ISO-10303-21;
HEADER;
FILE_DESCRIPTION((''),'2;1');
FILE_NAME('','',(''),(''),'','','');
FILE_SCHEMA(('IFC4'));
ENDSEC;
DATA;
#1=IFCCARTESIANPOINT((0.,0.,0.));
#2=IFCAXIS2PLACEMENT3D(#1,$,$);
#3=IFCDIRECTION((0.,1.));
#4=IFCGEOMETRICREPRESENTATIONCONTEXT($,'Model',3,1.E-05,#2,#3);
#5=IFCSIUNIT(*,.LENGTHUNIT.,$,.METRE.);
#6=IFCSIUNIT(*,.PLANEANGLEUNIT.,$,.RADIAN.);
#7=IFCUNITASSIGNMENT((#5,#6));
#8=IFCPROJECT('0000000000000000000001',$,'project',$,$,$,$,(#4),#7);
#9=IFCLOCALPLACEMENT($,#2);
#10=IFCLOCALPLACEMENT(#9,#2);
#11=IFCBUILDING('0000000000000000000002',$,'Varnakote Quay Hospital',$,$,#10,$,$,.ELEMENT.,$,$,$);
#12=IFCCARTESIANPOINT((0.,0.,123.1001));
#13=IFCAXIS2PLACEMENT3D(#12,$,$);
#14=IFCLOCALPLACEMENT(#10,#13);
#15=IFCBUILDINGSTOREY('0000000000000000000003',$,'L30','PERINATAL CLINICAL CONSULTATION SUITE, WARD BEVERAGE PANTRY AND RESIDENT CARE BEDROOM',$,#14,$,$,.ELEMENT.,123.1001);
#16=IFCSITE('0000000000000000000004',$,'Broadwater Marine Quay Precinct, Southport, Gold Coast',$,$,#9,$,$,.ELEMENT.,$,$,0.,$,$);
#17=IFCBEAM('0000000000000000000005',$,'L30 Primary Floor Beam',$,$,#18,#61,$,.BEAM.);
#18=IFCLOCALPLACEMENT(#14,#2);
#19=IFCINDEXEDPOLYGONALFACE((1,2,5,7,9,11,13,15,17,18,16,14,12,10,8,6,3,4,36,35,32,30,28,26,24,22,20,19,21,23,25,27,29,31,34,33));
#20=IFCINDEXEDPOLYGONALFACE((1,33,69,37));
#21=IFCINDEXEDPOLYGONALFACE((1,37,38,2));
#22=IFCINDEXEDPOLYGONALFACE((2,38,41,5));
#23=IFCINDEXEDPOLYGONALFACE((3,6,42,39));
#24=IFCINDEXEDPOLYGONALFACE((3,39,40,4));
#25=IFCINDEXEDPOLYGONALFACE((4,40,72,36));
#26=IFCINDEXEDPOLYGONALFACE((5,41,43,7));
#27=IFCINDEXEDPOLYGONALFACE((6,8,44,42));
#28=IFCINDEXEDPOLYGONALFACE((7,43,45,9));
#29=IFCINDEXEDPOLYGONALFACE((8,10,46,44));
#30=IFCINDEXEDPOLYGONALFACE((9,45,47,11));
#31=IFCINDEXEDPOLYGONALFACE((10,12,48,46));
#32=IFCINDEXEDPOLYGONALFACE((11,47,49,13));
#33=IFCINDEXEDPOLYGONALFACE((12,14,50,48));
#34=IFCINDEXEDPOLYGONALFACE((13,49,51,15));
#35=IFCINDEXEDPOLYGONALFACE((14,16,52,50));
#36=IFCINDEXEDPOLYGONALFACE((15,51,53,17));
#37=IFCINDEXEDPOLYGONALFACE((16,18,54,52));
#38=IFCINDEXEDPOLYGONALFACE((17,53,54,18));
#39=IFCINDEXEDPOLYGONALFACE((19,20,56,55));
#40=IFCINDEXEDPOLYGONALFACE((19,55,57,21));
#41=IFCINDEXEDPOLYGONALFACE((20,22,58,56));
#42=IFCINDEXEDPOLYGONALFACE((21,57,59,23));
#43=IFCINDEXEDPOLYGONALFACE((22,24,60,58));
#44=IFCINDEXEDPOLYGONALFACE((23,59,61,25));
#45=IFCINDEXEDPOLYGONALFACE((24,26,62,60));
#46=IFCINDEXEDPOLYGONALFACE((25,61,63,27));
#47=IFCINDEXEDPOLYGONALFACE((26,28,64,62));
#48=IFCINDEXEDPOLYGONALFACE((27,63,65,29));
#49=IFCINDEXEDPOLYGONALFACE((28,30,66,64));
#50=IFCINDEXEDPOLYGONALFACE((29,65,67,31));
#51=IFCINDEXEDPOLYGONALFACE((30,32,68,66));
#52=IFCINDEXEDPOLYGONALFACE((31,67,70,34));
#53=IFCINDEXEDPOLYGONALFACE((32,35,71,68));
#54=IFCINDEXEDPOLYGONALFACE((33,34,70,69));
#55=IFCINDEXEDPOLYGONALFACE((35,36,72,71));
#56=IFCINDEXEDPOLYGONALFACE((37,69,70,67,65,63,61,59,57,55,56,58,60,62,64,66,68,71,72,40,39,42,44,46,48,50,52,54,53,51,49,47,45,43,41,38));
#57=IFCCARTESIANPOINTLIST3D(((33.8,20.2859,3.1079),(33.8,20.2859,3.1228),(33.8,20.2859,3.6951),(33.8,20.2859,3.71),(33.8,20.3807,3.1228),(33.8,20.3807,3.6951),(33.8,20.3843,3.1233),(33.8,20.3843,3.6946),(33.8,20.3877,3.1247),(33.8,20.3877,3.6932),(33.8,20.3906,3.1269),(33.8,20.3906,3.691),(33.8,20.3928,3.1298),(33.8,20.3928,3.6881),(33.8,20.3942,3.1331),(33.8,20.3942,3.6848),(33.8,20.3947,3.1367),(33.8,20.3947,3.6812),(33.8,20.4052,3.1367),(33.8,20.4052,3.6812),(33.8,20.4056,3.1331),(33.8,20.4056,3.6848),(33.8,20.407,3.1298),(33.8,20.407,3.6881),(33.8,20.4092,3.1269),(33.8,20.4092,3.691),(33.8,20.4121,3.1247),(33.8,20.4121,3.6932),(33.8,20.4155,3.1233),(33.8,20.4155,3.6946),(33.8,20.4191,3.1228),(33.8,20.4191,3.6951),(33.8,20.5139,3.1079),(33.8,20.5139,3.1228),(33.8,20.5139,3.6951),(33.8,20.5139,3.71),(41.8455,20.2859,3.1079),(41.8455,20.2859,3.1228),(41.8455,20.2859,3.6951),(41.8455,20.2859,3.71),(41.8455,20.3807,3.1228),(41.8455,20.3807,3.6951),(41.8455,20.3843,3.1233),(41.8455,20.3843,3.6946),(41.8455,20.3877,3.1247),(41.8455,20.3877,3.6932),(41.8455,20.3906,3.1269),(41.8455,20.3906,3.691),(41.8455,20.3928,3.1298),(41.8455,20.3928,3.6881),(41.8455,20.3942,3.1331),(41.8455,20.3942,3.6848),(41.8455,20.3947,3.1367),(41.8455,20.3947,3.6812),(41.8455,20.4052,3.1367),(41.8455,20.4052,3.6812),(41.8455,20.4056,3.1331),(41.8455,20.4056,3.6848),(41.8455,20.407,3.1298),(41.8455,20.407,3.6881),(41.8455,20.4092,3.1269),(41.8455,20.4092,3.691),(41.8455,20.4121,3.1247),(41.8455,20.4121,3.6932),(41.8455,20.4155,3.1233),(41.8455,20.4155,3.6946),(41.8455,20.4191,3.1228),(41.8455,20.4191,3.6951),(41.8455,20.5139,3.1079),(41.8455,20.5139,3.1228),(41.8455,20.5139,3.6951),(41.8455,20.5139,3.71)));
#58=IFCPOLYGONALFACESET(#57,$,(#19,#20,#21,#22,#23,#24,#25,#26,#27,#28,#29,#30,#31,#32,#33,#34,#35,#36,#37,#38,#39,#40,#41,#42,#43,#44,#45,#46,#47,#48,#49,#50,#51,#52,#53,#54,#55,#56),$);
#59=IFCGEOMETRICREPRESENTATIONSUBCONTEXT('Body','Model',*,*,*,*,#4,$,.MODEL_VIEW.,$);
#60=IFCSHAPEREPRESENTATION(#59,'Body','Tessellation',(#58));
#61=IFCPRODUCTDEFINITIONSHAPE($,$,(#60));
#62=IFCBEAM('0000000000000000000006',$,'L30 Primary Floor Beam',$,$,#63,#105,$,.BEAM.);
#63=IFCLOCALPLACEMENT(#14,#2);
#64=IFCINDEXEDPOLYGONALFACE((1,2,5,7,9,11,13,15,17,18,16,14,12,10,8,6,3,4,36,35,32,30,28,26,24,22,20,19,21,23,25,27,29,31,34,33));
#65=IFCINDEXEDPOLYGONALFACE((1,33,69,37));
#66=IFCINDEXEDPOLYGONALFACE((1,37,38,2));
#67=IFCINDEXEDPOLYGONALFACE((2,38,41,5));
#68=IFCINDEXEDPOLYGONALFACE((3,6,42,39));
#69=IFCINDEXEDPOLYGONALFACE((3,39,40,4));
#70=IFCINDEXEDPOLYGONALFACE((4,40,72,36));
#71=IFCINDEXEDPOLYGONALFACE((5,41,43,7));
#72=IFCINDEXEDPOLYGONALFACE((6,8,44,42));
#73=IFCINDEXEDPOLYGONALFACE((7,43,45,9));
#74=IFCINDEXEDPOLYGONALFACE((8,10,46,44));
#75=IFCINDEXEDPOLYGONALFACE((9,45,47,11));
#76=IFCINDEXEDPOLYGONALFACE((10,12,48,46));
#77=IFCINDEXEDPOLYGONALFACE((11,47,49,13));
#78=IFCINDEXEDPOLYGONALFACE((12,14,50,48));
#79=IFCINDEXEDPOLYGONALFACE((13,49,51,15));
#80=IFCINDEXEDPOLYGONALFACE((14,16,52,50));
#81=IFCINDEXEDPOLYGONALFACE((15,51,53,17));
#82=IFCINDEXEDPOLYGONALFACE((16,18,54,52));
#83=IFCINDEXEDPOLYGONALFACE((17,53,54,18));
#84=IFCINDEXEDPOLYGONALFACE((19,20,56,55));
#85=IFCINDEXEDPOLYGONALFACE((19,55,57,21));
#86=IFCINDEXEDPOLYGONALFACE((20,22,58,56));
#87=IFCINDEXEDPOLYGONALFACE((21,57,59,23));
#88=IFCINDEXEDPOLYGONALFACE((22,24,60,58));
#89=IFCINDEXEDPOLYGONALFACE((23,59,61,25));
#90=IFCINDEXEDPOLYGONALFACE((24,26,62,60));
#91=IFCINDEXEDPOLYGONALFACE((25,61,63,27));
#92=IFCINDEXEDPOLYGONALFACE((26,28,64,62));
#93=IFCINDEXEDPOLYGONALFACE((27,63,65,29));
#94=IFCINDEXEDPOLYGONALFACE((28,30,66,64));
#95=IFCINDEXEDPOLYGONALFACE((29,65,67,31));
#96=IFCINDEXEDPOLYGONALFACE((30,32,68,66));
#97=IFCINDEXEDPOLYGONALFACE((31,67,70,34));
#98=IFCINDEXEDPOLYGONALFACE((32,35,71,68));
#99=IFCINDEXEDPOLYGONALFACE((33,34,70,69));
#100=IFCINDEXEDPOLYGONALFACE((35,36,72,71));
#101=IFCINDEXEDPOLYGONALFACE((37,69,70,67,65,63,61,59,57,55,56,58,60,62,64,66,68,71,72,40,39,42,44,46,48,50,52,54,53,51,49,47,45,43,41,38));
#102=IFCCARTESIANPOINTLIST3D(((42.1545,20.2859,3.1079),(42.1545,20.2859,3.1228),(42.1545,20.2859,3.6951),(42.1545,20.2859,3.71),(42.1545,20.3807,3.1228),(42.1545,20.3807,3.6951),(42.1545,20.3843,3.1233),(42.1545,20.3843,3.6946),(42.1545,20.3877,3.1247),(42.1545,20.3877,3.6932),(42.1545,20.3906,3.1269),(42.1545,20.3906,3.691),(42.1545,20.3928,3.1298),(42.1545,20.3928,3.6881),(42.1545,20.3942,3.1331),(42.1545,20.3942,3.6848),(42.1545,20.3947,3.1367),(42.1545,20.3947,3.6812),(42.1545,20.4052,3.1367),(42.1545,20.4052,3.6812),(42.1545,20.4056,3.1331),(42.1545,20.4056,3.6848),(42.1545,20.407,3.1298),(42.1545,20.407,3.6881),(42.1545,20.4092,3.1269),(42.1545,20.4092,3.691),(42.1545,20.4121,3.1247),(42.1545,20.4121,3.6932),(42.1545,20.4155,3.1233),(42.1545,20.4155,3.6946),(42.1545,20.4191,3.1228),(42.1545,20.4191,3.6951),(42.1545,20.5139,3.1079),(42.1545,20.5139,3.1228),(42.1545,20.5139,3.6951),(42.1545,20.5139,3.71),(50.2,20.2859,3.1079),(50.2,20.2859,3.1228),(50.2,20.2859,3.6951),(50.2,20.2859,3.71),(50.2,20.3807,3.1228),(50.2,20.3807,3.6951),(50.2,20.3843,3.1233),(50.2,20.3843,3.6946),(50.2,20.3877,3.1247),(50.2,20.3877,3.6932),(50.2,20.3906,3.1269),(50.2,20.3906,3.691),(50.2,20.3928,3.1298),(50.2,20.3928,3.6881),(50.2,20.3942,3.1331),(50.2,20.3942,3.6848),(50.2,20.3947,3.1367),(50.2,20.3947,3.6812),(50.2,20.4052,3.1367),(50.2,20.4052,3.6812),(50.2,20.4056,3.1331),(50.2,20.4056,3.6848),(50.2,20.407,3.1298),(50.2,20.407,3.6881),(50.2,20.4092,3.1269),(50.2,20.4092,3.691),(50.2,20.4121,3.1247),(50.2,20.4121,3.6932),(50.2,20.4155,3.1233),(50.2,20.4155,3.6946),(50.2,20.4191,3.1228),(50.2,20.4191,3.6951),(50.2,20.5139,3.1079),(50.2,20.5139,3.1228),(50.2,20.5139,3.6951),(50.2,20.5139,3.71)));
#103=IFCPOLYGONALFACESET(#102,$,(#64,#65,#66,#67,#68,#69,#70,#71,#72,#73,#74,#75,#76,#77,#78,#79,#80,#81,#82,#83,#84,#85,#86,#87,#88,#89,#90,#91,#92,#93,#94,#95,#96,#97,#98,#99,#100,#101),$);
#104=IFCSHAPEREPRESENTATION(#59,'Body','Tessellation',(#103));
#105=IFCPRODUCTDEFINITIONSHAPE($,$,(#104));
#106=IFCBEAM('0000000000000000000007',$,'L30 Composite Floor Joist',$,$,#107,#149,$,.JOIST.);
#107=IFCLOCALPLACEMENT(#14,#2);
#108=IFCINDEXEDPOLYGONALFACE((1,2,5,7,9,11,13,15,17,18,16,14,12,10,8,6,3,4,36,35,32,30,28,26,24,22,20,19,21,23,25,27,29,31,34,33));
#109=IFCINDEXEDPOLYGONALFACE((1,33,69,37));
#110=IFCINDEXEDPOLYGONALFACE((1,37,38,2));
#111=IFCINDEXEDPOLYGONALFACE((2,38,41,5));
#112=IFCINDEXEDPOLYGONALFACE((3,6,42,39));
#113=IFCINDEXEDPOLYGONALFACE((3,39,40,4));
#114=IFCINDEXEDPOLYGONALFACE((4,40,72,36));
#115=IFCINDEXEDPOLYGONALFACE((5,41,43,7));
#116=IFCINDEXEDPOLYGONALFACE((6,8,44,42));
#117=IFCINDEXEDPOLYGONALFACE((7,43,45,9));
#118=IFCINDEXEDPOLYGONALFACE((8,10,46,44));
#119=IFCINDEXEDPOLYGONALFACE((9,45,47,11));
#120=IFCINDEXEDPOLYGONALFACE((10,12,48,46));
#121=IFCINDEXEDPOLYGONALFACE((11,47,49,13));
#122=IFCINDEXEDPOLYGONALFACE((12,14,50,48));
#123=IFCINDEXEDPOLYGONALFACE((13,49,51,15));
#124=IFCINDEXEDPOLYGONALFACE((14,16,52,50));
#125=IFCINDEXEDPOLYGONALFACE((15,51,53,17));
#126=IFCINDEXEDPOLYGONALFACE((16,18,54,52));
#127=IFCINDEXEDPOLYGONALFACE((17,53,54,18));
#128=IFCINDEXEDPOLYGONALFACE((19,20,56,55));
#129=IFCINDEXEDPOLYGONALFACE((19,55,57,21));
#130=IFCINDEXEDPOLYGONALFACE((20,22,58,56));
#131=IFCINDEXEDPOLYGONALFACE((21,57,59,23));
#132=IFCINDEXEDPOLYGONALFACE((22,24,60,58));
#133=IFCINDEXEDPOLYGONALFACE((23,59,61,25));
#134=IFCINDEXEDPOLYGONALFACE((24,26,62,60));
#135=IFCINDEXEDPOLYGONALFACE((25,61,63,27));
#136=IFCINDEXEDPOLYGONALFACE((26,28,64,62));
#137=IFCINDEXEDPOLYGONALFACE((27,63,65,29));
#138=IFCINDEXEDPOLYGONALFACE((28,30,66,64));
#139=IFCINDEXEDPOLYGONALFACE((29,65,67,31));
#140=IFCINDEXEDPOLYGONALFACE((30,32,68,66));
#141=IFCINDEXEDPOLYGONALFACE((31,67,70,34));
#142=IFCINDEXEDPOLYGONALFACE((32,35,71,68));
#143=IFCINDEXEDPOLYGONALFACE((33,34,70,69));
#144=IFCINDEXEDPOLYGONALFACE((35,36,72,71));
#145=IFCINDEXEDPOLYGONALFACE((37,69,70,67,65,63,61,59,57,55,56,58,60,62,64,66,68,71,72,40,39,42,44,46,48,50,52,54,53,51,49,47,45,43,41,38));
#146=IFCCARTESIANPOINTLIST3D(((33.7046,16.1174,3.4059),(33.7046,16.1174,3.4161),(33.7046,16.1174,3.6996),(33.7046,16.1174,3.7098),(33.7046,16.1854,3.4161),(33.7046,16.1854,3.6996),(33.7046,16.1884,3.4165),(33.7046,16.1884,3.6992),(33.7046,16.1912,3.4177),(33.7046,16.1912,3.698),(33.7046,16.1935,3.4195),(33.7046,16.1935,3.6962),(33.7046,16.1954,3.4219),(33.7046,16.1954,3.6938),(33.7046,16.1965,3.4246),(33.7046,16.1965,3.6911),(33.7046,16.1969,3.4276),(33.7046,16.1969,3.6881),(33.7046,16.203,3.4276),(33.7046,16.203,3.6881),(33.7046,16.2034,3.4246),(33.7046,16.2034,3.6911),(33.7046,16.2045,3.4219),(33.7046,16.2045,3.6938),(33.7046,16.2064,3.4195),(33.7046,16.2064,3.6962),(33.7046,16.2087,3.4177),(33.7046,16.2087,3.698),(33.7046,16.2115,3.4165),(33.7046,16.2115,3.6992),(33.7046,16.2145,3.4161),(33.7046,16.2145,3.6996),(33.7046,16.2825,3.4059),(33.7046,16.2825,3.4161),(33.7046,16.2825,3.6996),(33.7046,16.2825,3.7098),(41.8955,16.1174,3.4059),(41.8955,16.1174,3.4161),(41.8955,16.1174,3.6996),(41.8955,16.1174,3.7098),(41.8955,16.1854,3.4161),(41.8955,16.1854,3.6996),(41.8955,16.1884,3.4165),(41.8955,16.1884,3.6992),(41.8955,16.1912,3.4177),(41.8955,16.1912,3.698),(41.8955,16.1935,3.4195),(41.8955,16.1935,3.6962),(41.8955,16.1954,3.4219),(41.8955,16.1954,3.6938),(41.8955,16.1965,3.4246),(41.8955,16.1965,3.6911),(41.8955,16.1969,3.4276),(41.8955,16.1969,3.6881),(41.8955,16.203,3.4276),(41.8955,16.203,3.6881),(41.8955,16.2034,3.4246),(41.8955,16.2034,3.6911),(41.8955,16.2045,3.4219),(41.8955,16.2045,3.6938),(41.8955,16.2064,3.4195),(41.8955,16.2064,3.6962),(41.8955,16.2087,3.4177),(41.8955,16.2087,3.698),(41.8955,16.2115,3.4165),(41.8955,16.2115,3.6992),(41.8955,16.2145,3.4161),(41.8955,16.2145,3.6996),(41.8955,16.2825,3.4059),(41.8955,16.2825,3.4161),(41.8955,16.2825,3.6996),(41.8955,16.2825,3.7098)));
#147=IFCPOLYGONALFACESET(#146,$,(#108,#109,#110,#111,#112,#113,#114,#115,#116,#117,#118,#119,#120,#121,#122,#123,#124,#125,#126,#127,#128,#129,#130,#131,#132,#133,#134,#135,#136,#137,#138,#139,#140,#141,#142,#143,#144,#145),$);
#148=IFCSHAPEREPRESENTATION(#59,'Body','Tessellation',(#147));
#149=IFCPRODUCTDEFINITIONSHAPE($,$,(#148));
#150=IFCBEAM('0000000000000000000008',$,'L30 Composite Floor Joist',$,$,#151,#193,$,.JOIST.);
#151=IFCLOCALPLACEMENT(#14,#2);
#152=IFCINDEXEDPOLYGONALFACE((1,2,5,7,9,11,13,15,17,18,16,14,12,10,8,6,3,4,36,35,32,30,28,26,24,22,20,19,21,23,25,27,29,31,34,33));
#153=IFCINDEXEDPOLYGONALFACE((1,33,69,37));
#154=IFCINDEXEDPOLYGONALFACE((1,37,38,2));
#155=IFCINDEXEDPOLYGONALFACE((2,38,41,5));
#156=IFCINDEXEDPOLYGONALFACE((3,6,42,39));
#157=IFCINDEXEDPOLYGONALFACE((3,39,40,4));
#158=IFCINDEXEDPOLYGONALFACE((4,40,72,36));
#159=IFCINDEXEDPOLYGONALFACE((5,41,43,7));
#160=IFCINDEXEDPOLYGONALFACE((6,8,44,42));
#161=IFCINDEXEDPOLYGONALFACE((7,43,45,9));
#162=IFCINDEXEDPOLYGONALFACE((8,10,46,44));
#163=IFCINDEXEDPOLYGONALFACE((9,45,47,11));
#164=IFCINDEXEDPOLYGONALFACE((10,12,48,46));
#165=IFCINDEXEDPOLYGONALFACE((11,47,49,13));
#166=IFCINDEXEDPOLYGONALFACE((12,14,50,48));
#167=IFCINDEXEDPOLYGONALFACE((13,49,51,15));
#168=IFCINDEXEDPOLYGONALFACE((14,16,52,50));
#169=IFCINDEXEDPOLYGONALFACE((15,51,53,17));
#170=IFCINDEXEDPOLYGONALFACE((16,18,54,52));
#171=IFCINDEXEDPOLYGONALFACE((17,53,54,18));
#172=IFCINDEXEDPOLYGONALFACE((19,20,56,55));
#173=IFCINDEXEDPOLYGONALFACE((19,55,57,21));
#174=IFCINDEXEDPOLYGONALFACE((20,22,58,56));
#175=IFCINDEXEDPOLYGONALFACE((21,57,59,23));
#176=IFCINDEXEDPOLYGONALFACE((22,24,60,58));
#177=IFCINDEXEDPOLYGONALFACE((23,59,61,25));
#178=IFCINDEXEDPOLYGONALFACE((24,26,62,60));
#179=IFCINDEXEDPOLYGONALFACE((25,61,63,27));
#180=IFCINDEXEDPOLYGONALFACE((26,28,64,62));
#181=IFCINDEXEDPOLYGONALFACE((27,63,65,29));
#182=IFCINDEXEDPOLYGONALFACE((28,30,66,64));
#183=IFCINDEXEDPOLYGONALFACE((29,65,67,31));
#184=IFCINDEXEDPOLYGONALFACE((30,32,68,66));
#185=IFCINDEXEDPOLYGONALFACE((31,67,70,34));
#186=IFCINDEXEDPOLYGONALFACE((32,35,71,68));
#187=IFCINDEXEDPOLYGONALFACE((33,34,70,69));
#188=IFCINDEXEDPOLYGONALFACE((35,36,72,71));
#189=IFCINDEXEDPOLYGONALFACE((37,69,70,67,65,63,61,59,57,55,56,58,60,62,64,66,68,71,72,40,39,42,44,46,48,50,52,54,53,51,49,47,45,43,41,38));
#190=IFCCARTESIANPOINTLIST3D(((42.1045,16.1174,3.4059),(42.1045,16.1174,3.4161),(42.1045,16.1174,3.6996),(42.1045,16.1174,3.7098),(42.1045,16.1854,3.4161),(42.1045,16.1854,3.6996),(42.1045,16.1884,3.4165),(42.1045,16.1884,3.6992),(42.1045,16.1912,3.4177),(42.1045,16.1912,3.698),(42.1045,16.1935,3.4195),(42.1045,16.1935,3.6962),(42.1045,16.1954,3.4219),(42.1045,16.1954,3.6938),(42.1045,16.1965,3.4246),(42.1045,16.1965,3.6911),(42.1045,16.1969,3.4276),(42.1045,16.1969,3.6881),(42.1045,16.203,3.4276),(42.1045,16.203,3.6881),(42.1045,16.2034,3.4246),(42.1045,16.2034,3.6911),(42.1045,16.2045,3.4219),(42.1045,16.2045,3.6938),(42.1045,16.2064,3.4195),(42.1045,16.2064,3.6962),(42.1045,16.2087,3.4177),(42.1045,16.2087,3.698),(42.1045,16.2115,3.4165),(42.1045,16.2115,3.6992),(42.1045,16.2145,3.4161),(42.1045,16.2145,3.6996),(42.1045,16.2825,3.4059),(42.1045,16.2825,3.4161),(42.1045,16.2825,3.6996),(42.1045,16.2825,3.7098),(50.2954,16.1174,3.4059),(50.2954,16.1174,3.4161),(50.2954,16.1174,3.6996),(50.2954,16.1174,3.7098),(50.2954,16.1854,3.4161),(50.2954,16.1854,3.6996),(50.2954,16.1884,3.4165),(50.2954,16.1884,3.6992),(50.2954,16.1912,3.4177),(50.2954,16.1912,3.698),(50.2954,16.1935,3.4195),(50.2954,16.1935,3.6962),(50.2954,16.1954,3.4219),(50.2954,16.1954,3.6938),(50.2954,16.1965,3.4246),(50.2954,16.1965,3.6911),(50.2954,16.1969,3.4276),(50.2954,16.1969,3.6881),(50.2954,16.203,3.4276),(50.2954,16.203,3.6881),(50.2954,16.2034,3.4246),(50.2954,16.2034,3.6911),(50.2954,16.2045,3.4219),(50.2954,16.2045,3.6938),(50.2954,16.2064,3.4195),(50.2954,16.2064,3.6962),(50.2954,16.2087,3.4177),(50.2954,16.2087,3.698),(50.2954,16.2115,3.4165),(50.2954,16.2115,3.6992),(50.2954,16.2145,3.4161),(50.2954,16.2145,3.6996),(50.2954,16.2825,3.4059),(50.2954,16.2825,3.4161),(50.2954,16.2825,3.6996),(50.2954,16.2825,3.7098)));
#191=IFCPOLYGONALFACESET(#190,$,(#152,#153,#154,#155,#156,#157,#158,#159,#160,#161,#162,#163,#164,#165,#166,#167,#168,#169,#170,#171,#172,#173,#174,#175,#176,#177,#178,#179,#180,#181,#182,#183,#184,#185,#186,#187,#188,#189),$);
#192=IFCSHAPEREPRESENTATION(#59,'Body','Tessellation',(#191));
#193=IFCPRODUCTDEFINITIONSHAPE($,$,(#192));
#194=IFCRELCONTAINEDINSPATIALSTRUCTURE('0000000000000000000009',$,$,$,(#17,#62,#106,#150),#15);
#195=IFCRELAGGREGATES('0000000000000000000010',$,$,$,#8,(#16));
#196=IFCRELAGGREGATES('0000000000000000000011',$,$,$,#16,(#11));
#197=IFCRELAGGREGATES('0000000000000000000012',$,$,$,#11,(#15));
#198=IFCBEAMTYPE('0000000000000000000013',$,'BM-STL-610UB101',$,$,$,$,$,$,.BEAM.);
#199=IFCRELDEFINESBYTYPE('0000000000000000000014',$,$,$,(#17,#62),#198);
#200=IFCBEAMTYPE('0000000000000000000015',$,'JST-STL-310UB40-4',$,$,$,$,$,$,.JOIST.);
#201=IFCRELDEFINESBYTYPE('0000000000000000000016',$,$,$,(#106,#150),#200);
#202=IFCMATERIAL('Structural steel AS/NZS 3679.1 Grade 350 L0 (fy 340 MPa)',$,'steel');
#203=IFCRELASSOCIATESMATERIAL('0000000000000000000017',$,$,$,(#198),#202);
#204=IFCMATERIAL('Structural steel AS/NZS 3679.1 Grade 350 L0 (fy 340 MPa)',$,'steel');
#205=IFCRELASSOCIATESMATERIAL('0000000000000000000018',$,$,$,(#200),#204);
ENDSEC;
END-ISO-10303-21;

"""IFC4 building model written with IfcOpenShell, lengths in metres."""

from ifc_helpers import new_model, si_unit, direction, frame, origin, origin_2d, place, context, subcontext, project, spatial, i_section, extrude, material, material_profile, profile_set, type_object, element, save


model = new_model("IFC4")

# Units and contexts
model_context = context("Model", 3, precision=1e-05, world=origin(), true_north=direction((0.0, 1.0)))
body_context = subcontext(model_context, "Body", "Model", "MODEL_VIEW")
ifc_project = project(units=[si_unit("LENGTHUNIT", "METRE"), si_unit("PLANEANGLEUNIT", "RADIAN")], contexts=[model_context])

# Site, building, storey
site_placement = place(None, origin())
site = spatial("IfcSite", under=ifc_project, at=site_placement, Name="Broadwater Marine Quay Precinct, Southport, Gold Coast", CompositionType="ELEMENT", RefElevation=0.0)
building_placement = place(site_placement, origin())
building = spatial("IfcBuilding", under=site, at=building_placement, Name="Varnakote Quay Hospital", CompositionType="ELEMENT")
storey_placement = place(building_placement, frame((0.0, 0.0, 123.1001)))
storey = spatial("IfcBuildingStorey", under=building, at=storey_placement, Name="L30", Description="PERINATAL CLINICAL CONSULTATION SUITE, WARD BEVERAGE PANTRY AND RESIDENT CARE BEDROOM", CompositionType="ELEMENT", Elevation=123.1001)

# Beams
ifc_material_1 = material(Name="Structural steel AS/NZS 3679.1 Grade 350 L0 (fy 340 MPa)", Category="steel")
ifc_material_profile_1 = material_profile(ifc_material_1, i_section(OverallWidth=0.228, OverallDepth=0.6021, WebThickness=0.0105, FlangeThickness=0.0149, FilletRadius=0.0139, at=origin_2d()), Name="610UB101")
ifc_profile_set_1 = profile_set([ifc_material_profile_1], Name="Structural steel AS/NZS 3679.1 Grade 350 L0 (fy 340 MPa)")
beam_type_1 = type_object("IfcBeamType", Name="BM-STL-610UB101", PredefinedType="BEAM", material=ifc_profile_set_1)
for number, where, z_axis, x_axis, name in (
    (1, (33.8, 20.3999, 3.4089), (1.0, 0.0, 0.0), (0.0, 1.0, 0.0), "L30 Primary Floor Beam"),
    (2, (42.1545, 20.3999, 3.4089), (1.0, 0.0, 0.0), (0.0, 1.0, 0.0), "L30 Primary Floor Beam"),
):
    element("IfcBeam", number, at=place(storey_placement, frame(where, z_axis=z_axis, x_axis=x_axis)), inside=storey, type_object=beam_type_1, Name=name, PredefinedType="BEAM", context=body_context, shape_type="SweptSolid", body=[
        extrude(i_section(OverallWidth=0.228, OverallDepth=0.6021, WebThickness=0.0105, FlangeThickness=0.0149, FilletRadius=0.0139, at=origin_2d()), origin(), (0.0, 0.0, 1.0), 8.0454),
    ])
ifc_material_2 = material(Name="Structural steel AS/NZS 3679.1 Grade 350 L0 (fy 340 MPa)", Category="steel")
ifc_material_profile_2 = material_profile(ifc_material_2, i_section(OverallWidth=0.165, OverallDepth=0.304, WebThickness=0.0061, FlangeThickness=0.0103, FilletRadius=0.0115, at=origin_2d()), Name="310UB40.4")
ifc_profile_set_2 = profile_set([ifc_material_profile_2], Name="Structural steel AS/NZS 3679.1 Grade 350 L0 (fy 340 MPa)")
beam_type_2 = type_object("IfcBeamType", Name="JST-STL-310UB40-4", PredefinedType="JOIST", material=ifc_profile_set_2)
for number, where, z_axis, x_axis, name in (
    (3, (33.7046, 16.2, 3.5579), (1.0, 0.0, 0.0), (0.0, 1.0, 0.0), "L30 Composite Floor Joist"),
    (4, (42.1045, 16.2, 3.5579), (1.0, 0.0, 0.0), (0.0, 1.0, 0.0), "L30 Composite Floor Joist"),
):
    element("IfcBeam", number, at=place(storey_placement, frame(where, z_axis=z_axis, x_axis=x_axis)), inside=storey, type_object=beam_type_2, Name=name, PredefinedType="JOIST", context=body_context, shape_type="SweptSolid", body=[
        extrude(i_section(OverallWidth=0.165, OverallDepth=0.304, WebThickness=0.0061, FlangeThickness=0.0103, FilletRadius=0.0115, at=origin_2d()), origin(), (0.0, 0.0, 1.0), 8.1909),
    ])

save(model, "model.ifc")
